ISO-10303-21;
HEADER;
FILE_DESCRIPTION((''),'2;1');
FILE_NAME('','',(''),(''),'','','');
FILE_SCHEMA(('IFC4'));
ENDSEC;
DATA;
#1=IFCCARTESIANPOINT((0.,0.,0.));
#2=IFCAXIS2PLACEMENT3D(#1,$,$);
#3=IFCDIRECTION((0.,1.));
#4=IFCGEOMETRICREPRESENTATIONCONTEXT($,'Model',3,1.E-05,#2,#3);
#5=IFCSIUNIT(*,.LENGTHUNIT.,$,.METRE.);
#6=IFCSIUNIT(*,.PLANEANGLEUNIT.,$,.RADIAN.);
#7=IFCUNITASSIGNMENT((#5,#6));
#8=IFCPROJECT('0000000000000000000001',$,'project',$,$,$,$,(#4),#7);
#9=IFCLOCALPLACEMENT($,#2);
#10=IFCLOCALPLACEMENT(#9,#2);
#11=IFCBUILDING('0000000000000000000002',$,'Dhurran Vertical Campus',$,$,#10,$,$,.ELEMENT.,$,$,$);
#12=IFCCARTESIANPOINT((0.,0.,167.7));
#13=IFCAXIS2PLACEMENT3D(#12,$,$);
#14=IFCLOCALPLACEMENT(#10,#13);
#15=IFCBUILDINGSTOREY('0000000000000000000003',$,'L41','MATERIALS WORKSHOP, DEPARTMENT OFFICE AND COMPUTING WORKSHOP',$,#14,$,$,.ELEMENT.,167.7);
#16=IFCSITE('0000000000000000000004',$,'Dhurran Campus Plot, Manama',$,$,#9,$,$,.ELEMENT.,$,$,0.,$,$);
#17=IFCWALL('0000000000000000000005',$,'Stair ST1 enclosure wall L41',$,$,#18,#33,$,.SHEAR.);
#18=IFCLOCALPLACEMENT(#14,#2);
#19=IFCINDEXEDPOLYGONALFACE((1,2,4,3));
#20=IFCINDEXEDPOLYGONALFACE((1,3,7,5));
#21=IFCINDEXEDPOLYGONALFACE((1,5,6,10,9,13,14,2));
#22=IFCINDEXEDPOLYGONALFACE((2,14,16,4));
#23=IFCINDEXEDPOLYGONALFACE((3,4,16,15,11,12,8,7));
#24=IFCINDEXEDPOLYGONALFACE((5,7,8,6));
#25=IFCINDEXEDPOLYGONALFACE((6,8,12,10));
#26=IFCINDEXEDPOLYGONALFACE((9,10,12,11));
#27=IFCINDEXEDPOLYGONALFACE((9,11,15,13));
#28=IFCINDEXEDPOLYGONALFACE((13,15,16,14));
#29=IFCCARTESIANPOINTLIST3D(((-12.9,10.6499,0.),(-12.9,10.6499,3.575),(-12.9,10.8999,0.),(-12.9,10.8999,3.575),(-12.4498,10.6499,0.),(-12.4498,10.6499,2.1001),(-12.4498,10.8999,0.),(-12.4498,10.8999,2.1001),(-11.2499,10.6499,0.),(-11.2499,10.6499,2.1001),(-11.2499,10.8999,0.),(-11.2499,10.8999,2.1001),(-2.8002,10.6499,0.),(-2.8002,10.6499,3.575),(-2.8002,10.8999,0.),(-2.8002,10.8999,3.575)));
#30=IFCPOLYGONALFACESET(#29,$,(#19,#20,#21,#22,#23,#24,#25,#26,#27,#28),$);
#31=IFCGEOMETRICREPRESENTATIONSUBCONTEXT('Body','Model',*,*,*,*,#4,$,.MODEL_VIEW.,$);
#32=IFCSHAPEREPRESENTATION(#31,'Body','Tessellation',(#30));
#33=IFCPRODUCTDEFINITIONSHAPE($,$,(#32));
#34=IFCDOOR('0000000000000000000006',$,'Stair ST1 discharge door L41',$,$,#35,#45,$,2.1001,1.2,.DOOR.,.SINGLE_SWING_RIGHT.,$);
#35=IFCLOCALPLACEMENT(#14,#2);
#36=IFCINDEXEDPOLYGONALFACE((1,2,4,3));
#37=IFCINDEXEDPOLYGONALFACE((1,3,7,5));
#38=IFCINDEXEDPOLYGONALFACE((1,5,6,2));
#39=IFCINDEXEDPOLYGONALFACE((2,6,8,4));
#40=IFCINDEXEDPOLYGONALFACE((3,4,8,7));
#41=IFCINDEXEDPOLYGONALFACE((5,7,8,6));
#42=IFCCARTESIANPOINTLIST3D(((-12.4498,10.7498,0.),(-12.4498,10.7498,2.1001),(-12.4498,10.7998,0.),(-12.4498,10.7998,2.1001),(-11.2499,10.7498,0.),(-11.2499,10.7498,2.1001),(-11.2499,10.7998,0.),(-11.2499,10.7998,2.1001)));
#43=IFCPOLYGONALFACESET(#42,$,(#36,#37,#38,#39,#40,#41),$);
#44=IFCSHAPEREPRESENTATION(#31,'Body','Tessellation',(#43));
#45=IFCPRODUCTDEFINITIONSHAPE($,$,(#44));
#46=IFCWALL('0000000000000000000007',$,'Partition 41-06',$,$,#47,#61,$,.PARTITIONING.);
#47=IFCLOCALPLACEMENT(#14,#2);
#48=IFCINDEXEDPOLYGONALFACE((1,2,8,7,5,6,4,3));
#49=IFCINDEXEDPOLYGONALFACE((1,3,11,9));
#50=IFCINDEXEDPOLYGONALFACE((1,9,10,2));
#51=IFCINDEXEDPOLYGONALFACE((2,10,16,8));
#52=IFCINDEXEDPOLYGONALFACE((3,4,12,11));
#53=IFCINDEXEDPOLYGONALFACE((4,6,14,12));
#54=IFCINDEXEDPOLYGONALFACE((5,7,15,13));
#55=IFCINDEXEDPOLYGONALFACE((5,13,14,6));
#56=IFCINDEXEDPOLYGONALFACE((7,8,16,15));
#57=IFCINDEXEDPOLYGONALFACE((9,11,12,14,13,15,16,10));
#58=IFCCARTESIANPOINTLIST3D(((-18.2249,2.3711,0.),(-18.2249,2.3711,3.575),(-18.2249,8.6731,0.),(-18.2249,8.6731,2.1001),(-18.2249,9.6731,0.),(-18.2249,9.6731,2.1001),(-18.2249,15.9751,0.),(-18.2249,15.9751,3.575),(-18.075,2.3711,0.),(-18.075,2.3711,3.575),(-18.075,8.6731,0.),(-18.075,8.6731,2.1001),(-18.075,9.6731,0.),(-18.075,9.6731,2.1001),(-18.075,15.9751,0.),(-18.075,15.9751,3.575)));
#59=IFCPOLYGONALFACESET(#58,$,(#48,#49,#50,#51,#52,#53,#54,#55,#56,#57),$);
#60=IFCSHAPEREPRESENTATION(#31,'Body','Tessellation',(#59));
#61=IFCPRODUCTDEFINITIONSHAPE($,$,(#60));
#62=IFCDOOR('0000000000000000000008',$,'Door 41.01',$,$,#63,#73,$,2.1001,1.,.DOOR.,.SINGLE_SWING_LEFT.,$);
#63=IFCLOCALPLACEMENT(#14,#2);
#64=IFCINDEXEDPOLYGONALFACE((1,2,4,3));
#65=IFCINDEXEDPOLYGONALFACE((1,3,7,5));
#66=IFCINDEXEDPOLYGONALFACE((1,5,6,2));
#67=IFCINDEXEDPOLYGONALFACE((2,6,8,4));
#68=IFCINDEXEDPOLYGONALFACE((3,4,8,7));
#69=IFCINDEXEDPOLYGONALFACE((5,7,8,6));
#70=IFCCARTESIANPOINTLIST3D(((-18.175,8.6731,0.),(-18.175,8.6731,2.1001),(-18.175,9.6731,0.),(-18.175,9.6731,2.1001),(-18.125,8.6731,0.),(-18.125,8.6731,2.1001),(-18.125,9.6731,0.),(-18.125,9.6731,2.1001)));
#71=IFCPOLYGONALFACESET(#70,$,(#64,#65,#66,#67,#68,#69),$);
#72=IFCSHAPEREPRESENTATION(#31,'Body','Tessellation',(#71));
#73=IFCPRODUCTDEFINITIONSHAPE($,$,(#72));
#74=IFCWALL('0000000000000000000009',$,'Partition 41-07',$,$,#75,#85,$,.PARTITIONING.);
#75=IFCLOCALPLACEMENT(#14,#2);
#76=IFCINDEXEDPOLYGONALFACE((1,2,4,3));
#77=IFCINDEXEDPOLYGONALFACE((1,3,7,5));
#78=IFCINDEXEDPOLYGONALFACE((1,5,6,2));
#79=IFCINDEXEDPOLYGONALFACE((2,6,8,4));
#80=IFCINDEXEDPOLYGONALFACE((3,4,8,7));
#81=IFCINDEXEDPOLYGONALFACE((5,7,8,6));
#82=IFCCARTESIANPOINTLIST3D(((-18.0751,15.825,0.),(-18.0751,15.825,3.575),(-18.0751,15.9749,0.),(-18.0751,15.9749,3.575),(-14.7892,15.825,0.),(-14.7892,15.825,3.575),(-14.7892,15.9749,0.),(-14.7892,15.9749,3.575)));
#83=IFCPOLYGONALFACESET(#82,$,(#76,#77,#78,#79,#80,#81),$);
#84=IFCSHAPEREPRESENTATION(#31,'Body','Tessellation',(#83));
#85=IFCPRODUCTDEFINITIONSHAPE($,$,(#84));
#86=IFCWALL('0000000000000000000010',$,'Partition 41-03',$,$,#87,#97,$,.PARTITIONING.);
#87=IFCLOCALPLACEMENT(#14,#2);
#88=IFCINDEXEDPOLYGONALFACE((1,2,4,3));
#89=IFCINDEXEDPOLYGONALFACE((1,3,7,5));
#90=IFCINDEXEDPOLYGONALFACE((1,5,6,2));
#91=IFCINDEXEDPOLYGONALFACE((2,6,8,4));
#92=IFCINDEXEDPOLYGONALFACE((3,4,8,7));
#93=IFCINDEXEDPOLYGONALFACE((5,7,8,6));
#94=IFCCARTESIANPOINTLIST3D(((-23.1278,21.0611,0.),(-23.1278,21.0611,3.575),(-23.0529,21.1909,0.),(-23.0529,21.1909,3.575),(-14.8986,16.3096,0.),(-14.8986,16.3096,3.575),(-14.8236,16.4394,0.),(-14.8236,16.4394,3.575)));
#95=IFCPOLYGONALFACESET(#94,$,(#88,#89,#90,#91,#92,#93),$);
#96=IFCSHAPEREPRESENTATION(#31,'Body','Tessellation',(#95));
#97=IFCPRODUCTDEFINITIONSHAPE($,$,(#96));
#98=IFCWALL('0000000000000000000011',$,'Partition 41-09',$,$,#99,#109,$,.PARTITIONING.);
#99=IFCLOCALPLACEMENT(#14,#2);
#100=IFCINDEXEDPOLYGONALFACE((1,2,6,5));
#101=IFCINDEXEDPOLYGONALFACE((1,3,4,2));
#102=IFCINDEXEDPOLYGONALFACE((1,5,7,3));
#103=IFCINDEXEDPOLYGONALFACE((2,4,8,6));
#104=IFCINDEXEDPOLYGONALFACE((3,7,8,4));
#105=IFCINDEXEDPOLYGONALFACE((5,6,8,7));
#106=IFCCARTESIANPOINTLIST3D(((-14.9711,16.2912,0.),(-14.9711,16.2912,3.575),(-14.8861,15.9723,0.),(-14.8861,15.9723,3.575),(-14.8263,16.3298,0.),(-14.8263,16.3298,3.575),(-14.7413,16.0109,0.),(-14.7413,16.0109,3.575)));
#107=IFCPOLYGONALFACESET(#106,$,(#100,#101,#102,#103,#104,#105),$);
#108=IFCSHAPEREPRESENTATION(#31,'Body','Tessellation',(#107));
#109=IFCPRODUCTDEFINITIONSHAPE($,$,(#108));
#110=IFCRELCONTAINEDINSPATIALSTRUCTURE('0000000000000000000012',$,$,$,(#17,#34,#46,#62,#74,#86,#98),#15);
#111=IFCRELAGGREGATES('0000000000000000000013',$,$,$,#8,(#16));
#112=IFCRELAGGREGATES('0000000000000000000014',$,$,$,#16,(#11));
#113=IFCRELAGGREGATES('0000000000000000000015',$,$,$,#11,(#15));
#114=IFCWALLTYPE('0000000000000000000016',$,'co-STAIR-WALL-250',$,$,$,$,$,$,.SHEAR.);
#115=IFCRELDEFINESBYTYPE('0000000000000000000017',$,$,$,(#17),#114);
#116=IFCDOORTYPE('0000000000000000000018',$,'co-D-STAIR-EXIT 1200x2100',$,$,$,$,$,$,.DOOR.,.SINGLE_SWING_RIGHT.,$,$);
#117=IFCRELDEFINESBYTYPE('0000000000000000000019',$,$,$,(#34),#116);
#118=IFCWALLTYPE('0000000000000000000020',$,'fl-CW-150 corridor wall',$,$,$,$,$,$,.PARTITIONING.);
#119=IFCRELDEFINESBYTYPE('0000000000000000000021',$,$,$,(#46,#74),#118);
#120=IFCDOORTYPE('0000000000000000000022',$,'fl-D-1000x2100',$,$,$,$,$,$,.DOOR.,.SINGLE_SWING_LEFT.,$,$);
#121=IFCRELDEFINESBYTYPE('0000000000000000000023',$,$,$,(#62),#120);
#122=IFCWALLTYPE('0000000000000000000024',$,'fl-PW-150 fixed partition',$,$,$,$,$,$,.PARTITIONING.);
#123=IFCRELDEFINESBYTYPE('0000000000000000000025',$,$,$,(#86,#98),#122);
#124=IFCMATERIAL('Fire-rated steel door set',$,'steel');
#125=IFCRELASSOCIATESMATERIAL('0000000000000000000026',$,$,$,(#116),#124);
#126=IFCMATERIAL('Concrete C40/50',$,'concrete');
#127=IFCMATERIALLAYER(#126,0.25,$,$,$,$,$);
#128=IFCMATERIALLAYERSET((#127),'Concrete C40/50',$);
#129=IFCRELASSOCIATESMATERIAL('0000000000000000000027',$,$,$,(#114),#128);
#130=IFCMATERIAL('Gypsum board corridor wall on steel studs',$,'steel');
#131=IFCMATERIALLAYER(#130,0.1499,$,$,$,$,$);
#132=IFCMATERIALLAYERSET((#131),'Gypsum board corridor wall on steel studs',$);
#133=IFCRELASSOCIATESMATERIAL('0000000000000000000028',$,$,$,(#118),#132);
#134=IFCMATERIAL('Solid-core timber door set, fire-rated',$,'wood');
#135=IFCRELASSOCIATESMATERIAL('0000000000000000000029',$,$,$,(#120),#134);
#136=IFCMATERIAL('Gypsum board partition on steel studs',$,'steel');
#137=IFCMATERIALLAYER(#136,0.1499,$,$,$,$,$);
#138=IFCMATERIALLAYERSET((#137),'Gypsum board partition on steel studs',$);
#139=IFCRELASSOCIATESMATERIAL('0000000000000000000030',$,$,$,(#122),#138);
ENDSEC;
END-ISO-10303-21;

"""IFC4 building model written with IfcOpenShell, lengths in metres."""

from ifc_helpers import new_model, si_unit, direction, frame, frame_2d, origin, place, context, subcontext, project, spatial, rectangle, extrude, material, layer, layer_set, type_object, element, fill, save


model = new_model("IFC4")

# Units and contexts
model_context = context("Model", 3, precision=1e-05, world=origin(), true_north=direction((0.0, 1.0)))
body_context = subcontext(model_context, "Body", "Model", "MODEL_VIEW")
ifc_project = project(units=[si_unit("LENGTHUNIT", "METRE"), si_unit("PLANEANGLEUNIT", "RADIAN")], contexts=[model_context])

# Site, building, storey
site_placement = place(None, origin())
site = spatial("IfcSite", under=ifc_project, at=site_placement, Name="Dhurran Campus Plot, Manama", CompositionType="ELEMENT", RefElevation=0.0)
building_placement = place(site_placement, origin())
building = spatial("IfcBuilding", under=site, at=building_placement, Name="Dhurran Vertical Campus", CompositionType="ELEMENT")
storey_placement = place(building_placement, frame((0.0, 0.0, 167.7)))
storey = spatial("IfcBuildingStorey", under=building, at=storey_placement, Name="L41", Description="MATERIALS WORKSHOP, DEPARTMENT OFFICE AND COMPUTING WORKSHOP", CompositionType="ELEMENT", Elevation=167.7)

# Shared definitions
ifc_material_1 = material(Name="Fire-rated steel door set", Category="steel")
door_type_1 = type_object("IfcDoorType", Name="co-D-STAIR-EXIT 1200x2100", OperationType="SINGLE_SWING_RIGHT", PredefinedType="DOOR", material=ifc_material_1)

# Walls, openings, doors
ifc_material_2 = material(Name="Concrete C40/50", Category="concrete")
ifc_layer_1 = layer(ifc_material_2, 0.25)
ifc_layer_set_1 = layer_set([ifc_layer_1], Name="Concrete C40/50")
wall_type_1 = type_object("IfcWallType", Name="co-STAIR-WALL-250", PredefinedType="SHEAR", material=ifc_layer_set_1)
wall_1_placement = place(storey_placement, frame((-12.8999, 10.7749, 0.0), z_axis=(0.0, 0.0, 1.0), x_axis=(1.0, 0.0, 0.0)))
wall_1 = element("IfcWall", 1, at=wall_1_placement, inside=storey, type_object=wall_type_1, Name="Stair ST1 enclosure wall L41", PredefinedType="SHEAR", context=body_context, shape_type="SweptSolid", body=[
    extrude(rectangle(XDim=10.0999, YDim=0.25, at=frame_2d((5.0498, 0.0))), origin(), (0.0, 0.0, 1.0), 3.575),
])
opening_1_placement = place(wall_1_placement, frame((0.45, 0.0, 0.0)))
opening_1 = element("IfcOpeningElement", 2, at=opening_1_placement, cuts=wall_1, PredefinedType="OPENING", context=body_context, shape_type="SweptSolid", body=[
    extrude(rectangle(XDim=1.2, YDim=2.1001, at=frame_2d((0.6001, 1.05))), frame((0.0, 0.135, 0.0), z_axis=(0.0, -1.0, 0.0), x_axis=(1.0, 0.0, 0.0)), (0.0, 0.0, 1.0), 0.27),
])
door_1_placement = place(opening_1_placement, origin())
door_1 = element("IfcDoor", 3, at=door_1_placement, inside=storey, type_object=door_type_1, Name="Stair ST1 discharge door L41", OperationType="SINGLE_SWING_RIGHT", OverallHeight=2.1001, OverallWidth=1.2, PredefinedType="DOOR", context=body_context, shape_type="SweptSolid", body=[
    extrude(rectangle(XDim=1.2, YDim=2.1001, at=frame_2d((0.6001, 1.05))), frame((0.0, 0.0249, 0.0), z_axis=(0.0, -1.0, 0.0), x_axis=(1.0, 0.0, 0.0)), (0.0, 0.0, 1.0), 0.05),
])
fill(opening_1, door_1)
ifc_material_3 = material(Name="Gypsum board corridor wall on steel studs", Category="steel")
ifc_layer_2 = layer(ifc_material_3, 0.1499)
ifc_layer_set_2 = layer_set([ifc_layer_2], Name="Gypsum board corridor wall on steel studs")
wall_type_2 = type_object("IfcWallType", Name="fl-CW-150 corridor wall", PredefinedType="PARTITIONING", material=ifc_layer_set_2)
wall_2_placement = place(storey_placement, frame((-18.1499, 15.9751, 0.0), z_axis=(0.0, 0.0, 1.0), x_axis=(0.0, -1.0, 0.0)))
wall_2 = element("IfcWall", 4, at=wall_2_placement, inside=storey, type_object=wall_type_2, Name="Partition 41-06", PredefinedType="PARTITIONING", context=body_context, shape_type="SweptSolid", body=[
    extrude(rectangle(XDim=13.604, YDim=0.1499, at=frame_2d((6.802, 0.0))), origin(), (0.0, 0.0, 1.0), 3.575),
])
opening_2_placement = place(wall_2_placement, frame((6.302, 0.0, 0.0)))
opening_2 = element("IfcOpeningElement", 5, at=opening_2_placement, cuts=wall_2, PredefinedType="OPENING", context=body_context, shape_type="SweptSolid", body=[
    extrude(rectangle(XDim=1.0, YDim=2.1001, at=frame_2d((0.5, 1.05))), frame((0.0, 0.085, 0.0), z_axis=(0.0, -1.0, 0.0), x_axis=(1.0, 0.0, 0.0)), (0.0, 0.0, 1.0), 0.1699),
])
ifc_material_4 = material(Name="Solid-core timber door set, fire-rated", Category="wood")
door_type_2 = type_object("IfcDoorType", Name="fl-D-1000x2100", OperationType="SINGLE_SWING_LEFT", PredefinedType="DOOR", material=ifc_material_4)
door_2_placement = place(opening_2_placement, origin())
door_2 = element("IfcDoor", 6, at=door_2_placement, inside=storey, type_object=door_type_2, Name="Door 41.01", OperationType="SINGLE_SWING_LEFT", OverallHeight=2.1001, OverallWidth=1.0, PredefinedType="DOOR", context=body_context, shape_type="SweptSolid", body=[
    extrude(rectangle(XDim=1.0, YDim=2.1001, at=frame_2d((0.5, 1.05))), frame((0.0, 0.0249, 0.0), z_axis=(0.0, -1.0, 0.0), x_axis=(1.0, 0.0, 0.0)), (0.0, 0.0, 1.0), 0.05),
])
fill(opening_2, door_2)

# Walls
wall_3_placement = place(storey_placement, frame((-14.7891, 15.8999, 0.0), z_axis=(0.0, 0.0, 1.0), x_axis=(-1.0, 0.0, 0.0)))
element("IfcWall", 7, at=wall_3_placement, inside=storey, type_object=wall_type_2, Name="Partition 41-07", PredefinedType="PARTITIONING", context=body_context, shape_type="SweptSolid", body=[
    extrude(rectangle(XDim=3.2859, YDim=0.1499, at=frame_2d((1.6431, 0.0))), origin(), (0.0, 0.0, 1.0), 3.575),
])
ifc_material_5 = material(Name="Gypsum board partition on steel studs", Category="steel")
ifc_layer_3 = layer(ifc_material_5, 0.1499)
ifc_layer_set_3 = layer_set([ifc_layer_3], Name="Gypsum board partition on steel studs")
wall_type_3 = type_object("IfcWallType", Name="fl-PW-150 fixed partition", PredefinedType="PARTITIONING", material=ifc_layer_set_3)
wall_4_placement = place(storey_placement, frame((-23.0903, 21.126, 0.0), z_axis=(0.0, 0.0, 1.0), x_axis=(0.866011, -0.500024, 0.0)))
element("IfcWall", 8, at=wall_4_placement, inside=storey, type_object=wall_type_3, Name="Partition 41-03", PredefinedType="PARTITIONING", context=body_context, shape_type="SweptSolid", body=[
    extrude(rectangle(XDim=9.5024, YDim=0.1499, at=frame_2d((4.7512, 0.0))), origin(), (0.0, 0.0, 1.0), 3.575),
])
wall_5_placement = place(storey_placement, frame((-14.8987, 16.3105, 0.0), z_axis=(0.0, 0.0, 1.0), x_axis=(0.257478, -0.966284, 0.0)))
element("IfcWall", 9, at=wall_5_placement, inside=storey, type_object=wall_type_3, Name="Partition 41-09", PredefinedType="PARTITIONING", context=body_context, shape_type="SweptSolid", body=[
    extrude(rectangle(XDim=0.3301, YDim=0.1499, at=frame_2d((0.165, 0.0))), origin(), (0.0, 0.0, 1.0), 3.575),
])

save(model, "model.ifc")
